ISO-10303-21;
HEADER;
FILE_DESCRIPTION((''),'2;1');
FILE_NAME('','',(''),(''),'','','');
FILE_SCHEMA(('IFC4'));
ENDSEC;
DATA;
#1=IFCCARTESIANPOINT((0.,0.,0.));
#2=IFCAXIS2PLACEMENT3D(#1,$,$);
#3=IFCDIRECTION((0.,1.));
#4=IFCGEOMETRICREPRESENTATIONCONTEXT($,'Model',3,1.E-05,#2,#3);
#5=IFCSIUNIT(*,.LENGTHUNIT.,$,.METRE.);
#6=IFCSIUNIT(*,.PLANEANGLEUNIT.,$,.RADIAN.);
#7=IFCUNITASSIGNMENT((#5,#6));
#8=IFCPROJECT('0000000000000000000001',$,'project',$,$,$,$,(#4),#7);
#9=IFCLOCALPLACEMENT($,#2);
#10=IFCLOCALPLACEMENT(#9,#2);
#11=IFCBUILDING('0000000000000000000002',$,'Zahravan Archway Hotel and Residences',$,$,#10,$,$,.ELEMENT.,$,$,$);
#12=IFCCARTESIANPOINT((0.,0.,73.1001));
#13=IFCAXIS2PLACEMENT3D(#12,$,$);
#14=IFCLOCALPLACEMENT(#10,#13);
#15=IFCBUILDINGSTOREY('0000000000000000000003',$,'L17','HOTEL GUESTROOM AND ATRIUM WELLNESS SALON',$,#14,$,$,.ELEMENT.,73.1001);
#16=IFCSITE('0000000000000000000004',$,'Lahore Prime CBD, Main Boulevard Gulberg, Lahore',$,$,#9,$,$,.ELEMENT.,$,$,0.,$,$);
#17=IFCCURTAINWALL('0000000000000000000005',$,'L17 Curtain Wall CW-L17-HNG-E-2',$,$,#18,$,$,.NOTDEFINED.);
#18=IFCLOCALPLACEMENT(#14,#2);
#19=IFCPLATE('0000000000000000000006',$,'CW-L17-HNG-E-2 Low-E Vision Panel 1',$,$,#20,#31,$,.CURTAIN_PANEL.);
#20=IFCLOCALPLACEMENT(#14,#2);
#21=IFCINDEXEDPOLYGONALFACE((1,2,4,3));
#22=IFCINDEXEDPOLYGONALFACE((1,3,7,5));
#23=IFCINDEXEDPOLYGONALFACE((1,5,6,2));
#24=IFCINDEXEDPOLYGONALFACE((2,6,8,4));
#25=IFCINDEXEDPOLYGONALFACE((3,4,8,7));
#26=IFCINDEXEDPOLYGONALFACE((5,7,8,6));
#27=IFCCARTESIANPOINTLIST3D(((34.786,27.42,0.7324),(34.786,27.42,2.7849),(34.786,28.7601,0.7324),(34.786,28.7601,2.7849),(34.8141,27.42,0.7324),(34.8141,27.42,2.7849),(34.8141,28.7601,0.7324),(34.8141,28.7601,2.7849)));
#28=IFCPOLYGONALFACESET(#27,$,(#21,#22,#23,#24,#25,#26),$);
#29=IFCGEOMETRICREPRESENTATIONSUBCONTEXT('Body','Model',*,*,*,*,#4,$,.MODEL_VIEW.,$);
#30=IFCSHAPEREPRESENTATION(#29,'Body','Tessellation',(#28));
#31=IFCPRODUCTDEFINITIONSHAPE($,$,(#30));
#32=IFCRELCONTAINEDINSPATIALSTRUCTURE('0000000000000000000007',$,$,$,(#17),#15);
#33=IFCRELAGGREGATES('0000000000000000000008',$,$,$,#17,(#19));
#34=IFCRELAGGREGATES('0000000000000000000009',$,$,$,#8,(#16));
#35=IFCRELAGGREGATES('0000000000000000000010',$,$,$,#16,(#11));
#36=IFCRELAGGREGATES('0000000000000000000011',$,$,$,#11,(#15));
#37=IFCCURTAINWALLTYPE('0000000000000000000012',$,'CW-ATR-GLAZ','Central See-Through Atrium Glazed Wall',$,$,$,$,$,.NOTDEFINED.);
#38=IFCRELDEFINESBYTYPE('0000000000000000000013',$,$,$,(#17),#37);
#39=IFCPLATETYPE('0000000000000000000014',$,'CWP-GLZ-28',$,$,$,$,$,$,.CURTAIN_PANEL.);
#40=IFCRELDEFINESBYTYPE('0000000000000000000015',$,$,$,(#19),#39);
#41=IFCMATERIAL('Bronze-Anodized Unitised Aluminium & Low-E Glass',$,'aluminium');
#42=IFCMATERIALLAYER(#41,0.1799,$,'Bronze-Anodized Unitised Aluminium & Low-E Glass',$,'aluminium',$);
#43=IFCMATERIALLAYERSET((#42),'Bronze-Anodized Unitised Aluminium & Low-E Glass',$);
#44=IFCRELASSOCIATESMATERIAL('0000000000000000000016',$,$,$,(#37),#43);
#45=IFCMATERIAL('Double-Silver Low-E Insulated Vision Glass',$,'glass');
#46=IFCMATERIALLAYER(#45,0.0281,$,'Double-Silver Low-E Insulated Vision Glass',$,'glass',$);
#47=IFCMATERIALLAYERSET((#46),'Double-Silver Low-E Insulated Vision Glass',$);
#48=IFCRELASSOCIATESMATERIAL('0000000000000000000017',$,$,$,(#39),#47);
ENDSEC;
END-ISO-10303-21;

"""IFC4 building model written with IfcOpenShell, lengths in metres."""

from ifc_helpers import new_model, si_unit, direction, frame, origin, origin_2d, place, context, subcontext, project, spatial, rectangle, extrude, source, transform, mapped, material, layer, layer_set, type_object, element, aggregate, save


model = new_model("IFC4")

# Units and contexts
model_context = context("Model", 3, precision=1e-05, world=origin(), true_north=direction((0.0, 1.0)))
body_context = subcontext(model_context, "Body", "Model", "MODEL_VIEW")
ifc_project = project(units=[si_unit("LENGTHUNIT", "METRE"), si_unit("PLANEANGLEUNIT", "RADIAN")], contexts=[model_context])

# Site, building, storey
site_placement = place(None, origin())
site = spatial("IfcSite", under=ifc_project, at=site_placement, Name="Lahore Prime CBD, Main Boulevard Gulberg, Lahore", CompositionType="ELEMENT", RefElevation=0.0)
building_placement = place(site_placement, origin())
building = spatial("IfcBuilding", under=site, at=building_placement, Name="Zahravan Archway Hotel and Residences", CompositionType="ELEMENT")
storey_placement = place(building_placement, frame((0.0, 0.0, 73.1001)))
storey = spatial("IfcBuildingStorey", under=building, at=storey_placement, Name="L17", Description="HOTEL GUESTROOM AND ATRIUM WELLNESS SALON", CompositionType="ELEMENT", Elevation=73.1001)

# Curtain wall, plate
ifc_material_1 = material(Name="Bronze-Anodized Unitised Aluminium & Low-E Glass", Category="aluminium")
ifc_layer_1 = layer(ifc_material_1, 0.1799, Name="Bronze-Anodized Unitised Aluminium & Low-E Glass", Category="aluminium")
ifc_layer_set_1 = layer_set([ifc_layer_1], Name="Bronze-Anodized Unitised Aluminium & Low-E Glass")
curtain_wall_type = type_object("IfcCurtainWallType", Name="CW-ATR-GLAZ", Description="Central See-Through Atrium Glazed Wall", PredefinedType="NOTDEFINED", material=ifc_layer_set_1)
curtain_wall_placement = place(storey_placement, origin())
curtain_wall = element("IfcCurtainWall", 1, at=curtain_wall_placement, inside=storey, type_object=curtain_wall_type, Name="L17 Curtain Wall CW-L17-HNG-E-2", PredefinedType="NOTDEFINED")
ifc_material_2 = material(Name="Double-Silver Low-E Insulated Vision Glass", Category="glass")
ifc_layer_2 = layer(ifc_material_2, 0.0281, Name="Double-Silver Low-E Insulated Vision Glass", Category="glass")
ifc_layer_set_2 = layer_set([ifc_layer_2], Name="Double-Silver Low-E Insulated Vision Glass")
plate_type_1 = type_object("IfcPlateType", Name="CWP-GLZ-28", PredefinedType="CURTAIN_PANEL", material=ifc_layer_set_2)
shared_shape_1 = source(origin(), body_context, "Body", "SweptSolid", [
    extrude(rectangle(XDim=1.3401, YDim=0.0281, at=origin_2d()), origin(), (0.0, 0.0, 1.0), 2.0525),
])
plate_1_placement = place(storey_placement, frame((34.8, 28.0901, 0.7324), z_axis=(0.0, 0.0, 1.0), x_axis=(0.0, 1.0, 0.0)))
plate_1 = element("IfcPlate", 2, at=plate_1_placement, type_object=plate_type_1, Name="CW-L17-HNG-E-2 Low-E Vision Panel 1", PredefinedType="CURTAIN_PANEL", context=body_context, shape_type="MappedRepresentation", body=[
    mapped(shared_shape_1, transform((0.0, 0.0, 0.0), scale=1.0)),
])
aggregate(curtain_wall, [plate_1])

save(model, "model.ifc")
